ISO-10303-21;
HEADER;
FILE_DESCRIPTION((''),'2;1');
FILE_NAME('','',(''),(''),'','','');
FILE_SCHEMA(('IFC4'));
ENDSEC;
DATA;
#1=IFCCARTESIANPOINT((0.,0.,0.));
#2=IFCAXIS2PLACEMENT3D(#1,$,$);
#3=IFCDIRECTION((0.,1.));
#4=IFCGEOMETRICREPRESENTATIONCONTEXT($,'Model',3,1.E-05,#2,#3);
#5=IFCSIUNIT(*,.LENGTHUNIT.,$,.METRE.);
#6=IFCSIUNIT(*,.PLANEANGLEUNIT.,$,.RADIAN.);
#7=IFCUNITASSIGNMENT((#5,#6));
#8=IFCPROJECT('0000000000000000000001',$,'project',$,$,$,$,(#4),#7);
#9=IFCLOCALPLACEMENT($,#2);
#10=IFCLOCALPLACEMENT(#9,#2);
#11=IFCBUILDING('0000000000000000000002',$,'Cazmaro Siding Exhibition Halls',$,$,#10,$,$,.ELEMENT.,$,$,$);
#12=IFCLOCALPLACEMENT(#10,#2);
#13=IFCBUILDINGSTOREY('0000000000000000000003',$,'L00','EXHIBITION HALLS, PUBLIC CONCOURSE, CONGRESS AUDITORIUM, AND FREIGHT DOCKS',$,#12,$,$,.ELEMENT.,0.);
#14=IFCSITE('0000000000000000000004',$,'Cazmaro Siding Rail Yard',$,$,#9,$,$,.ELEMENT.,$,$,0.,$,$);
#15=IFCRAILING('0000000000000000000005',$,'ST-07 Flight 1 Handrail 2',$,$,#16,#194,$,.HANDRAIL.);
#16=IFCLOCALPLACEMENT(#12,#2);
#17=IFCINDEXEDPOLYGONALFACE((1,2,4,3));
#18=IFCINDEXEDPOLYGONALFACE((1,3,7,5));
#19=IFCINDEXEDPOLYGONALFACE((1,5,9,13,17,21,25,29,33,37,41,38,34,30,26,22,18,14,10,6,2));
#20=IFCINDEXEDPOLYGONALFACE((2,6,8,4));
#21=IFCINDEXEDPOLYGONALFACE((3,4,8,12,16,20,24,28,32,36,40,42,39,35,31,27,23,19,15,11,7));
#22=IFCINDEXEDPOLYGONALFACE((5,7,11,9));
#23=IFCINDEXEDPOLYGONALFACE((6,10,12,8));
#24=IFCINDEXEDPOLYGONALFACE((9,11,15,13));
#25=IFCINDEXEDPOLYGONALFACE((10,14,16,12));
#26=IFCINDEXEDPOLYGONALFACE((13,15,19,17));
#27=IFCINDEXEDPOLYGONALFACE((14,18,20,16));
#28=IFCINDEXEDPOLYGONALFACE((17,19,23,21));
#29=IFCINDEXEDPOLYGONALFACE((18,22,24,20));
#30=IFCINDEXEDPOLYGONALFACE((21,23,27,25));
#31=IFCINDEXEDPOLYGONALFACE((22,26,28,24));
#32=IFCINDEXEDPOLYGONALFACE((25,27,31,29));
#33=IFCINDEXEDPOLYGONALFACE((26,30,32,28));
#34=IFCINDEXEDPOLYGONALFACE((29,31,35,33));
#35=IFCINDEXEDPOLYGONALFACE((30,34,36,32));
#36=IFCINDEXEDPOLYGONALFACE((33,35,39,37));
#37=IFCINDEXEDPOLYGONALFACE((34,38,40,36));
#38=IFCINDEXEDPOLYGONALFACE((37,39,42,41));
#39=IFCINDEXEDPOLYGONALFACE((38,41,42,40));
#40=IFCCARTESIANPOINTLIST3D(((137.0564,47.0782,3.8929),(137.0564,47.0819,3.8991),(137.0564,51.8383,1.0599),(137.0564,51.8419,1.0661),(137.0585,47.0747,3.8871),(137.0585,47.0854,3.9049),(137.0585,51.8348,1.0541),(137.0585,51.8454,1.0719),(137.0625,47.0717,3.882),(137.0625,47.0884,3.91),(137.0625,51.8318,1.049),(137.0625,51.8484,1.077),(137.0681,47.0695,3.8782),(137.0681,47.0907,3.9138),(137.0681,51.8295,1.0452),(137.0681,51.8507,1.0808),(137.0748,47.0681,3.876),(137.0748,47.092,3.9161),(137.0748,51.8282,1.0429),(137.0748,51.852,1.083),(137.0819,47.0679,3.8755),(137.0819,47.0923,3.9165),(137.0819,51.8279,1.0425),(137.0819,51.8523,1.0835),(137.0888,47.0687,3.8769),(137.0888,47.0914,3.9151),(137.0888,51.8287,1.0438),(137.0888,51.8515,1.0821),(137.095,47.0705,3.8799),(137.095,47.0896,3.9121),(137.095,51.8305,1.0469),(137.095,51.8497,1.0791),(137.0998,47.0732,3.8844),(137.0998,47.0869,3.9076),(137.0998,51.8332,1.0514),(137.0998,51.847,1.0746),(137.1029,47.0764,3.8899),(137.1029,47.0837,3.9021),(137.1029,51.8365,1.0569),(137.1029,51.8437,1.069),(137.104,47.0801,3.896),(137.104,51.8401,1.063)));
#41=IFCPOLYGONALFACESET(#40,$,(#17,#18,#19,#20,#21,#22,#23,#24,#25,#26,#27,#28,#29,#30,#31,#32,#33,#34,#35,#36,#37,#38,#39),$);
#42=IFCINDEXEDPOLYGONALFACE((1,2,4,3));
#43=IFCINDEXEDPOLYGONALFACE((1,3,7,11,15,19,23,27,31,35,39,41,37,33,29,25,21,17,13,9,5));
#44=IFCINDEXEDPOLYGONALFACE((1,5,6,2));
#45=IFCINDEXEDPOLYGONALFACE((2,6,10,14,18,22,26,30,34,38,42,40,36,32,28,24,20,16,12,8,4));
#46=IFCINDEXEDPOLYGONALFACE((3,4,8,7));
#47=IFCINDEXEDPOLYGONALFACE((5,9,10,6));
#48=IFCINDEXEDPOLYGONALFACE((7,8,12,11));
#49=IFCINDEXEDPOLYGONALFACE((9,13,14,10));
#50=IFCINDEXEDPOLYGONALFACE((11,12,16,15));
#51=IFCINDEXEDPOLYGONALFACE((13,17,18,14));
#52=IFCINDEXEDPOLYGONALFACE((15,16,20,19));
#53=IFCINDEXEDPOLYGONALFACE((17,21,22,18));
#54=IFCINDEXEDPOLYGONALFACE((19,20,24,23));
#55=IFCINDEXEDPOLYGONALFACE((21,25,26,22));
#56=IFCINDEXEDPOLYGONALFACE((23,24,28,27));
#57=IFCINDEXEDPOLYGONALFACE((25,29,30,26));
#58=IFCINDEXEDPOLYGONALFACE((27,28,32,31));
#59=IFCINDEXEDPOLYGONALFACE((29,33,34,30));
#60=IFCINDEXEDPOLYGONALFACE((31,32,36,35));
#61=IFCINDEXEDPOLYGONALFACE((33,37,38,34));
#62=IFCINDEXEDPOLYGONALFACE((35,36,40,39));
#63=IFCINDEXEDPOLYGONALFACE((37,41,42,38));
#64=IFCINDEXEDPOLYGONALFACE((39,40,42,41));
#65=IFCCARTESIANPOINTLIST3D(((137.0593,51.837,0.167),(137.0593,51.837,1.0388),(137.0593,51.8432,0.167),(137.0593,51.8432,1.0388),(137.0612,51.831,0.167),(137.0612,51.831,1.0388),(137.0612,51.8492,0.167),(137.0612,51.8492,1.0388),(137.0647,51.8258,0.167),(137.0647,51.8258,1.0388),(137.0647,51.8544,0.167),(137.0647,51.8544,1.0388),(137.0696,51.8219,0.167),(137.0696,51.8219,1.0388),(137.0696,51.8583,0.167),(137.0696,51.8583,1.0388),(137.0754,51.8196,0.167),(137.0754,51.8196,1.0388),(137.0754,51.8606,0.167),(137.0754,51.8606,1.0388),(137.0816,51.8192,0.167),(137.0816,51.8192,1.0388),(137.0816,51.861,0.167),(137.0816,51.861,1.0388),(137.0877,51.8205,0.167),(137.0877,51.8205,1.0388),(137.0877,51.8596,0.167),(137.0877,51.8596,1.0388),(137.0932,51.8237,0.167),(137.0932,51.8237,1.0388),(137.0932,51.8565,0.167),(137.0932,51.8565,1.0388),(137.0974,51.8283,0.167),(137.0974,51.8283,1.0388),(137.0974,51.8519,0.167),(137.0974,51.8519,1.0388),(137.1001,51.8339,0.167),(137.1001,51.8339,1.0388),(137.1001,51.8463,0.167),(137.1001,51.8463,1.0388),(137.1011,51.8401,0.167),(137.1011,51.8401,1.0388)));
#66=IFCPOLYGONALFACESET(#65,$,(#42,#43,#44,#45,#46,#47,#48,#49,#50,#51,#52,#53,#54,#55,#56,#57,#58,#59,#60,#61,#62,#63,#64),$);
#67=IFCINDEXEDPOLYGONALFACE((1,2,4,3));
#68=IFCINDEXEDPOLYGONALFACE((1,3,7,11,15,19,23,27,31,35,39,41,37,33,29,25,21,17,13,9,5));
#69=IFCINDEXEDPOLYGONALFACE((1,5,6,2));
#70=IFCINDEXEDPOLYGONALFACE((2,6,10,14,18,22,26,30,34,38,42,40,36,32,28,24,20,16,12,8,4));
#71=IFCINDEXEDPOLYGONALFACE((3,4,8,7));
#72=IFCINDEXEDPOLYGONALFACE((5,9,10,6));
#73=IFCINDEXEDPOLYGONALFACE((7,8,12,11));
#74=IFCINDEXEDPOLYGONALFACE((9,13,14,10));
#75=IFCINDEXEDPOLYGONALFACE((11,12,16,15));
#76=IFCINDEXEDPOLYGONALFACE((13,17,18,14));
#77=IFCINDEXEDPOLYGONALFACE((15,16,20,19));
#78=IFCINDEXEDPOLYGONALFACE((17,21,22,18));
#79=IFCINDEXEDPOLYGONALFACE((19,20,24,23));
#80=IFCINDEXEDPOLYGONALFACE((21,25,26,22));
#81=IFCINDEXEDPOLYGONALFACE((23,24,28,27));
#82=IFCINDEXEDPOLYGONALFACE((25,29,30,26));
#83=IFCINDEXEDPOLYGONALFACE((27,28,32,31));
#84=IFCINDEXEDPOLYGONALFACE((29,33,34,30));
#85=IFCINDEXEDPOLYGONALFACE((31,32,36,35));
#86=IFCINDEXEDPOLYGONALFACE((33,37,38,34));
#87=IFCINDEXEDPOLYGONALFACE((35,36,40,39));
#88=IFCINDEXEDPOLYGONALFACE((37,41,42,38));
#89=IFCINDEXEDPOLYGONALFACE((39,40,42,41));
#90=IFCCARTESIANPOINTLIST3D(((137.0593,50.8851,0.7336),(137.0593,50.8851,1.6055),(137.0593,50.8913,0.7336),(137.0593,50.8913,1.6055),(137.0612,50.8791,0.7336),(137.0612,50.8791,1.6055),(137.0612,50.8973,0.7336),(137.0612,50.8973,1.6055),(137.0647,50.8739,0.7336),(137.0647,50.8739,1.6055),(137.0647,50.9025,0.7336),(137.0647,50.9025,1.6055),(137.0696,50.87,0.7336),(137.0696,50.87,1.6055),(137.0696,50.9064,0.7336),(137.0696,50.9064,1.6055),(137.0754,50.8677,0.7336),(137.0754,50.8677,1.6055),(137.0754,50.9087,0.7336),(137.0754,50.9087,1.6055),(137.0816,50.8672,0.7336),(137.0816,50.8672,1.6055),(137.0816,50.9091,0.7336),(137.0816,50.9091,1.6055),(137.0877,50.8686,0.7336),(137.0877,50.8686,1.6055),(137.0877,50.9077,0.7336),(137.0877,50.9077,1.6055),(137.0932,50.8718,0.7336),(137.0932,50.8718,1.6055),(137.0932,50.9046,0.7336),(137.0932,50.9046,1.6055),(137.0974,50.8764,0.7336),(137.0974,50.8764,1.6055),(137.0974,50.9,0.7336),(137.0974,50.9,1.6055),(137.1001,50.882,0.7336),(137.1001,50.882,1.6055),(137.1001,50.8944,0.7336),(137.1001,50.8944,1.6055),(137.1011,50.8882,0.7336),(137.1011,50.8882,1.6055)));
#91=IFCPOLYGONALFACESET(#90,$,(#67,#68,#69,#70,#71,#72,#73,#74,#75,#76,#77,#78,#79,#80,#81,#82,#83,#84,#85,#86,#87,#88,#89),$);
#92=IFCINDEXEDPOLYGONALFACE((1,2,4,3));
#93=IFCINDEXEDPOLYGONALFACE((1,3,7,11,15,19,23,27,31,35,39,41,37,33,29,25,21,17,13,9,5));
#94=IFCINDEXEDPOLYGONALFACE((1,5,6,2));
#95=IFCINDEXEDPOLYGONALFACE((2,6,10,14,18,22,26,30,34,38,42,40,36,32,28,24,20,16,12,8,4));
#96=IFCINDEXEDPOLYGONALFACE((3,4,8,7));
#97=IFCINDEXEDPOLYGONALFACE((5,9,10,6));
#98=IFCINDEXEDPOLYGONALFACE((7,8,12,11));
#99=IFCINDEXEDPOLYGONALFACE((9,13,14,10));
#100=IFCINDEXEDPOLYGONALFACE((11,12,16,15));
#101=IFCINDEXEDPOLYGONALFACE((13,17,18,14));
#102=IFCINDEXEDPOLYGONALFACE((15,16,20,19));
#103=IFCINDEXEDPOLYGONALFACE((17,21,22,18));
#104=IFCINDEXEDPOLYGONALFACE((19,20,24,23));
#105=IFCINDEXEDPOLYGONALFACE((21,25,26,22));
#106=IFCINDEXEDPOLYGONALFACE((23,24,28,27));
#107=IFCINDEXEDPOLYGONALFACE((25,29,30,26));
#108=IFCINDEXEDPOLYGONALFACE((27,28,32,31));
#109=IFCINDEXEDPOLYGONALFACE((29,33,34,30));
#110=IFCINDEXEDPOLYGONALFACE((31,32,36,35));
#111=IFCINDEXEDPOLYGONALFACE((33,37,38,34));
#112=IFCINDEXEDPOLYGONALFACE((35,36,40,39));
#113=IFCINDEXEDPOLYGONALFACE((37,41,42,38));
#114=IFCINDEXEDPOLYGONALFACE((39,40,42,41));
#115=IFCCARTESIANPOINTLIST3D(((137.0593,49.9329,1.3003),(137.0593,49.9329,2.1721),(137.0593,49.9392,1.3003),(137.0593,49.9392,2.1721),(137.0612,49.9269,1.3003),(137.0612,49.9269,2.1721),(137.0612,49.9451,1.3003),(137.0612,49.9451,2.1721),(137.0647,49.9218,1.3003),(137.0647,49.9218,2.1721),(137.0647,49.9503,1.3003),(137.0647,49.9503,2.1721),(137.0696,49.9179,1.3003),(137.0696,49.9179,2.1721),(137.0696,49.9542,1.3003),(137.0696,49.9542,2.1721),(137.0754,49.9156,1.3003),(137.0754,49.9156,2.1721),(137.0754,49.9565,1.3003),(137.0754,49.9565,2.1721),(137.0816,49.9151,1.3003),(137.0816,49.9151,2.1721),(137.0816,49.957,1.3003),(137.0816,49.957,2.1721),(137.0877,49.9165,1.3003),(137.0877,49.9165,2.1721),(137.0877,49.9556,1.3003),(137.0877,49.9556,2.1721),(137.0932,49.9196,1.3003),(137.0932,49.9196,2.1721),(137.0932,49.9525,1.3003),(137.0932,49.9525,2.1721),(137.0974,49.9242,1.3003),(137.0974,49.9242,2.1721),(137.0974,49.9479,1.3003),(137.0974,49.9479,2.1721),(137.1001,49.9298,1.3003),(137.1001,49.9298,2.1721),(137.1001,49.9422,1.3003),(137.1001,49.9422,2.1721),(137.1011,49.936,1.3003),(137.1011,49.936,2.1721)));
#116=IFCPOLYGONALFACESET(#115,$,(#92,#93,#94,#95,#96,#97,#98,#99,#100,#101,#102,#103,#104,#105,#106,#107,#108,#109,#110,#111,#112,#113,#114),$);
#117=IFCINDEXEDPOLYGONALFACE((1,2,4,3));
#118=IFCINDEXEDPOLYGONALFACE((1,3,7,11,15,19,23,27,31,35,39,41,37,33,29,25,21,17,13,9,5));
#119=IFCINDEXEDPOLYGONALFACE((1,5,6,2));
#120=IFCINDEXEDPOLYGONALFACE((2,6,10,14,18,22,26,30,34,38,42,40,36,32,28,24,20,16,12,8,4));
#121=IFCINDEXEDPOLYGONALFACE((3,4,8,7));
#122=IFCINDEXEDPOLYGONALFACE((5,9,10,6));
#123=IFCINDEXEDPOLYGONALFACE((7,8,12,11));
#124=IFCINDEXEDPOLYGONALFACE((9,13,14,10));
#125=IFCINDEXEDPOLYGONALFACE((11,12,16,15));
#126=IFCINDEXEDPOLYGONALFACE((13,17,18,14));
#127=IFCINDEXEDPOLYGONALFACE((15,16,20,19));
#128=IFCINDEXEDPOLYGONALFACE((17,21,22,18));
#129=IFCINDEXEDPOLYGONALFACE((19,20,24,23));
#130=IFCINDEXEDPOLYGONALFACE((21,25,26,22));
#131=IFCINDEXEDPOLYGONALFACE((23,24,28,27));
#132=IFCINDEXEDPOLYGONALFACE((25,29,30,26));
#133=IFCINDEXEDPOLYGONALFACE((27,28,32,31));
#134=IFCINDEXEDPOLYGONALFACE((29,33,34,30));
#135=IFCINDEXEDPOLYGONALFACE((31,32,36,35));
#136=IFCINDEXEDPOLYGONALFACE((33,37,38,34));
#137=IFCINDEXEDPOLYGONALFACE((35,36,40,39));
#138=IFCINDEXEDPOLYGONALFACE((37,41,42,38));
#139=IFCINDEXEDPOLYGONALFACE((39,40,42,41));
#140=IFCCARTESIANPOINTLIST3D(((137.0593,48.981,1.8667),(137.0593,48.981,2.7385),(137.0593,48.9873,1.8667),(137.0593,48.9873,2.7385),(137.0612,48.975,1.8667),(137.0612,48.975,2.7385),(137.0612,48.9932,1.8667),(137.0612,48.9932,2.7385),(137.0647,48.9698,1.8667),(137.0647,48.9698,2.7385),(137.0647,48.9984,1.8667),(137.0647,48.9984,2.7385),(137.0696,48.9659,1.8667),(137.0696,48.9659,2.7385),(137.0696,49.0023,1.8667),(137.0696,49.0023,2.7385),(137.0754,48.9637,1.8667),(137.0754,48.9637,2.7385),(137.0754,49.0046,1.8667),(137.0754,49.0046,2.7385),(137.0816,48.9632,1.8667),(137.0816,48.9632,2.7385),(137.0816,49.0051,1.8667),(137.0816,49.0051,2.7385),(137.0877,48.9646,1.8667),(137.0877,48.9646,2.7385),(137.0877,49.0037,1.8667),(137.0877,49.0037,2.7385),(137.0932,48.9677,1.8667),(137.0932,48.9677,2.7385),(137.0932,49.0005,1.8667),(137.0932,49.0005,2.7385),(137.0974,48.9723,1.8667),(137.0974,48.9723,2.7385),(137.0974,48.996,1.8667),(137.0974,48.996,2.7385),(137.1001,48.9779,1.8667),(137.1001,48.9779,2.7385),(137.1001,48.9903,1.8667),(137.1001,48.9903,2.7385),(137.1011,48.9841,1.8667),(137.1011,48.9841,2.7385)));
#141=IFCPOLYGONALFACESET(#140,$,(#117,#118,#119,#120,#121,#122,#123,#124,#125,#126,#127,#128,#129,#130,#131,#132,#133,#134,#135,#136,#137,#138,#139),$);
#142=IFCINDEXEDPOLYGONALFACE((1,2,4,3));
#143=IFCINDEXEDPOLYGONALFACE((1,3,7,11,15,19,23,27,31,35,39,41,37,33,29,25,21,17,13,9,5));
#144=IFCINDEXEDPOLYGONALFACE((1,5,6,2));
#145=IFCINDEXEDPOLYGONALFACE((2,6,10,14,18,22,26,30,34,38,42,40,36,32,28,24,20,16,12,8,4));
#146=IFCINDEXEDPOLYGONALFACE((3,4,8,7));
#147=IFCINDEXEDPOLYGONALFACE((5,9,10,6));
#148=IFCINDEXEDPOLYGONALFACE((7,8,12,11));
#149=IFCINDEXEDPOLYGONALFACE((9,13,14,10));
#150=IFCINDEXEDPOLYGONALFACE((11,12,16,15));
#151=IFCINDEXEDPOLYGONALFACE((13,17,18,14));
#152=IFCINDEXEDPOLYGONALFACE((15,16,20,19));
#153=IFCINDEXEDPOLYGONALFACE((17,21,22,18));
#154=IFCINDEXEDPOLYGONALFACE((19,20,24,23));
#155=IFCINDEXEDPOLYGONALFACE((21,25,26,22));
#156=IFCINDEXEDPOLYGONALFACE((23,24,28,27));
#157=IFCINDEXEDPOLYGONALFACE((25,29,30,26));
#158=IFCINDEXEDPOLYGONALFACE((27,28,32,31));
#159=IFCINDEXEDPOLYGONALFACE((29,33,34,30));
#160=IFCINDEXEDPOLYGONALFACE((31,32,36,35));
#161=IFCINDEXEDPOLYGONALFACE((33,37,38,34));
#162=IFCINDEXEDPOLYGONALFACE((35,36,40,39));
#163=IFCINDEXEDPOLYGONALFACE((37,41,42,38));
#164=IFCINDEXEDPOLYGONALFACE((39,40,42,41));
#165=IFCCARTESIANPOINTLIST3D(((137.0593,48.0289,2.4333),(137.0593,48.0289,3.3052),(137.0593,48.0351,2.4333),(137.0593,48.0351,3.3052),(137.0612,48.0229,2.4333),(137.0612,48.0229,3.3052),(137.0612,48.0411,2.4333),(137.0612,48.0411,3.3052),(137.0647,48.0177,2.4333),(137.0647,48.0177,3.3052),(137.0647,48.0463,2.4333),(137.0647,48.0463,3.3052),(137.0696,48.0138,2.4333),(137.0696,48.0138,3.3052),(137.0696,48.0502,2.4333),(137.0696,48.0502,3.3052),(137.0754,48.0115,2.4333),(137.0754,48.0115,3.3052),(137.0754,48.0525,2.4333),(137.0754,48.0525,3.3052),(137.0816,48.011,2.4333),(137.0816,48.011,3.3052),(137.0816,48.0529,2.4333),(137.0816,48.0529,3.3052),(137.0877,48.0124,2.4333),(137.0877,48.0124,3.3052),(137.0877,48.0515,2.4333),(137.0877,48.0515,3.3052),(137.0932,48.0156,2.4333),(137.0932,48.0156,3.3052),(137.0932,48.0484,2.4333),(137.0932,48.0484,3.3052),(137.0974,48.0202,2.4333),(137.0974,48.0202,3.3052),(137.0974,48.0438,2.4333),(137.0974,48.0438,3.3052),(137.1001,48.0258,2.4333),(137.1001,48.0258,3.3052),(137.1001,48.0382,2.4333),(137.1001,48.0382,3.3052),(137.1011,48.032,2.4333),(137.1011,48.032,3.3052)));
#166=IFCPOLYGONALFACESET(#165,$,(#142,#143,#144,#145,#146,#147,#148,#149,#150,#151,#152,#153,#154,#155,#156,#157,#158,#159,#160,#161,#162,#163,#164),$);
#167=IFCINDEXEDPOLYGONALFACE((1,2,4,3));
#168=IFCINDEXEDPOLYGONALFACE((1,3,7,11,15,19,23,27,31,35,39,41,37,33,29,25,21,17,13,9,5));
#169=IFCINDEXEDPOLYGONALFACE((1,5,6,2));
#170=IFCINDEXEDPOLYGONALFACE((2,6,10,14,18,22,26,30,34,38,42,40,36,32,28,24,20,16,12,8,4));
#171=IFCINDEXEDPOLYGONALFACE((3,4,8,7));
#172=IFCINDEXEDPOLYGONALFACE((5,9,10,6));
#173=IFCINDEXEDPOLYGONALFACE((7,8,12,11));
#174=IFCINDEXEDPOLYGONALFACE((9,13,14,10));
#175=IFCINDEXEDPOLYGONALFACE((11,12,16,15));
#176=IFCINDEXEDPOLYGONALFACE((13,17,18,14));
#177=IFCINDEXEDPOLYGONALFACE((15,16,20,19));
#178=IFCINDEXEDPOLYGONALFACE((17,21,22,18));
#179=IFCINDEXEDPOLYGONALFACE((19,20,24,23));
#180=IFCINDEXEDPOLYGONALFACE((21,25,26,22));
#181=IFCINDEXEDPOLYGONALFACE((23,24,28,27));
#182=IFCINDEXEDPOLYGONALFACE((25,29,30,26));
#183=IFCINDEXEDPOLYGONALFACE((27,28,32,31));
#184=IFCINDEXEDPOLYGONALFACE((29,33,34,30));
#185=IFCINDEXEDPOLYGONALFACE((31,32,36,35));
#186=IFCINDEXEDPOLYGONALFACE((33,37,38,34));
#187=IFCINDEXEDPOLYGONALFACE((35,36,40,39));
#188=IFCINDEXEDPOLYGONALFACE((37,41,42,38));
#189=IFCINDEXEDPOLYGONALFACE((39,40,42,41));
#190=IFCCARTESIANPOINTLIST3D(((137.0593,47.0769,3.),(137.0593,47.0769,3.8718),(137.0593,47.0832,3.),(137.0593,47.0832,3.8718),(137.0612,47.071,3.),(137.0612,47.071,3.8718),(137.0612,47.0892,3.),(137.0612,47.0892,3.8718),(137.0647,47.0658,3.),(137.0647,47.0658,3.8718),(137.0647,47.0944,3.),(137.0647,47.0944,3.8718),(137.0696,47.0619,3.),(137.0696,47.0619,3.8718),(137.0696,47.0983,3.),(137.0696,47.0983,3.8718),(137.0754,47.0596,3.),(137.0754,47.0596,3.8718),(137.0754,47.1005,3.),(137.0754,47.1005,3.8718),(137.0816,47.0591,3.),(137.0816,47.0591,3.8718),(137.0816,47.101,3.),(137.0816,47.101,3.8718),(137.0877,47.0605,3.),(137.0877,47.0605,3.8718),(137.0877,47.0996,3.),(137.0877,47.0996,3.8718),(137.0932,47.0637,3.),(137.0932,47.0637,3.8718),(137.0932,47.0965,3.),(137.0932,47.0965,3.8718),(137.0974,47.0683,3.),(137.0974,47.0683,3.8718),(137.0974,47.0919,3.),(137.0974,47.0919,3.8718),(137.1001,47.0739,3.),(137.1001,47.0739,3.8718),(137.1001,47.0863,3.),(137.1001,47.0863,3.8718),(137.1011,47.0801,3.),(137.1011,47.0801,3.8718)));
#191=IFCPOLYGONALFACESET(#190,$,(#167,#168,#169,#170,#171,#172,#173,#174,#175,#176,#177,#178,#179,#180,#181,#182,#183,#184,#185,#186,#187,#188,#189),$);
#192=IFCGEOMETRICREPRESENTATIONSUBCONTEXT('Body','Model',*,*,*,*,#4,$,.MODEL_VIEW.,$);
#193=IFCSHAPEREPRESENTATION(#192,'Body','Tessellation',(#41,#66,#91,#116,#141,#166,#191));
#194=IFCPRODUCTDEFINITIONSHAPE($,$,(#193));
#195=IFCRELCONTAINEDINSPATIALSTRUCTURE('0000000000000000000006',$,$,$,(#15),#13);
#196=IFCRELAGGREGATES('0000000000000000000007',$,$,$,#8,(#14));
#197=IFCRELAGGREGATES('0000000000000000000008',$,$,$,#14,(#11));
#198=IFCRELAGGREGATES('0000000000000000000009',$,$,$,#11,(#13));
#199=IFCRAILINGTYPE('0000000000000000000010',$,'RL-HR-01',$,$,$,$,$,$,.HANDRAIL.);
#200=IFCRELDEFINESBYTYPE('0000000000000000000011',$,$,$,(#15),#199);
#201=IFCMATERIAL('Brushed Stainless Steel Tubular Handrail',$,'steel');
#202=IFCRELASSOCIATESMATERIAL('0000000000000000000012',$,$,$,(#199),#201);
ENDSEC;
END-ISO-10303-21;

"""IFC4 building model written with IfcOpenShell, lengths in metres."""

from ifc_helpers import new_model, si_unit, direction, frame, origin, origin_2d, place, context, subcontext, project, spatial, circle, extrude, material, type_object, element, save


model = new_model("IFC4")

# Units and contexts
model_context = context("Model", 3, precision=1e-05, world=origin(), true_north=direction((0.0, 1.0)))
body_context = subcontext(model_context, "Body", "Model", "MODEL_VIEW")
ifc_project = project(units=[si_unit("LENGTHUNIT", "METRE"), si_unit("PLANEANGLEUNIT", "RADIAN")], contexts=[model_context])

# Site, building, storey
site_placement = place(None, origin())
site = spatial("IfcSite", under=ifc_project, at=site_placement, Name="Cazmaro Siding Rail Yard", CompositionType="ELEMENT", RefElevation=0.0)
building_placement = place(site_placement, origin())
building = spatial("IfcBuilding", under=site, at=building_placement, Name="Cazmaro Siding Exhibition Halls", CompositionType="ELEMENT")
storey_placement = place(building_placement, origin())
storey = spatial("IfcBuildingStorey", under=building, at=storey_placement, Name="L00", Description="EXHIBITION HALLS, PUBLIC CONCOURSE, CONGRESS AUDITORIUM, AND FREIGHT DOCKS", CompositionType="ELEMENT", Elevation=0.0)

# Railing
ifc_material_1 = material(Name="Brushed Stainless Steel Tubular Handrail", Category="steel")
railing_type = type_object("IfcRailingType", Name="RL-HR-01", PredefinedType="HANDRAIL", material=ifc_material_1)
for number, where, name in (
    (1, (137.0801, 51.8401, 0.167), "ST-07 Flight 1 Handrail 2"),
):
    element("IfcRailing", number, at=place(storey_placement, frame(where)), inside=storey, type_object=railing_type, Name=name, PredefinedType="HANDRAIL", context=body_context, shape_type="SweptSolid", body=[
        extrude(circle(Radius=0.0239, at=origin_2d()), frame((0.0, 0.0, 0.896), z_axis=(0.0, -0.859319, 0.51144), x_axis=(1.0, 0.0, 0.0)), (0.0, 0.0, 1.0), 5.5393),
        extrude(circle(Radius=0.021, at=origin_2d()), origin(), (0.0, 0.0, 1.0), 0.8718),
        extrude(circle(Radius=0.021, at=origin_2d()), frame((0.0, -0.9519, 0.5667)), (0.0, 0.0, 1.0), 0.8718),
        extrude(circle(Radius=0.021, at=origin_2d()), frame((0.0, -1.9041, 1.1333)), (0.0, 0.0, 1.0), 0.8718),
        extrude(circle(Radius=0.021, at=origin_2d()), frame((0.0, -2.856, 1.6997)), (0.0, 0.0, 1.0), 0.8718),
        extrude(circle(Radius=0.021, at=origin_2d()), frame((0.0, -3.8081, 2.2664)), (0.0, 0.0, 1.0), 0.8718),
        extrude(circle(Radius=0.021, at=origin_2d()), frame((0.0, -4.76, 2.833)), (0.0, 0.0, 1.0), 0.8718),
    ])

save(model, "model.ifc")
